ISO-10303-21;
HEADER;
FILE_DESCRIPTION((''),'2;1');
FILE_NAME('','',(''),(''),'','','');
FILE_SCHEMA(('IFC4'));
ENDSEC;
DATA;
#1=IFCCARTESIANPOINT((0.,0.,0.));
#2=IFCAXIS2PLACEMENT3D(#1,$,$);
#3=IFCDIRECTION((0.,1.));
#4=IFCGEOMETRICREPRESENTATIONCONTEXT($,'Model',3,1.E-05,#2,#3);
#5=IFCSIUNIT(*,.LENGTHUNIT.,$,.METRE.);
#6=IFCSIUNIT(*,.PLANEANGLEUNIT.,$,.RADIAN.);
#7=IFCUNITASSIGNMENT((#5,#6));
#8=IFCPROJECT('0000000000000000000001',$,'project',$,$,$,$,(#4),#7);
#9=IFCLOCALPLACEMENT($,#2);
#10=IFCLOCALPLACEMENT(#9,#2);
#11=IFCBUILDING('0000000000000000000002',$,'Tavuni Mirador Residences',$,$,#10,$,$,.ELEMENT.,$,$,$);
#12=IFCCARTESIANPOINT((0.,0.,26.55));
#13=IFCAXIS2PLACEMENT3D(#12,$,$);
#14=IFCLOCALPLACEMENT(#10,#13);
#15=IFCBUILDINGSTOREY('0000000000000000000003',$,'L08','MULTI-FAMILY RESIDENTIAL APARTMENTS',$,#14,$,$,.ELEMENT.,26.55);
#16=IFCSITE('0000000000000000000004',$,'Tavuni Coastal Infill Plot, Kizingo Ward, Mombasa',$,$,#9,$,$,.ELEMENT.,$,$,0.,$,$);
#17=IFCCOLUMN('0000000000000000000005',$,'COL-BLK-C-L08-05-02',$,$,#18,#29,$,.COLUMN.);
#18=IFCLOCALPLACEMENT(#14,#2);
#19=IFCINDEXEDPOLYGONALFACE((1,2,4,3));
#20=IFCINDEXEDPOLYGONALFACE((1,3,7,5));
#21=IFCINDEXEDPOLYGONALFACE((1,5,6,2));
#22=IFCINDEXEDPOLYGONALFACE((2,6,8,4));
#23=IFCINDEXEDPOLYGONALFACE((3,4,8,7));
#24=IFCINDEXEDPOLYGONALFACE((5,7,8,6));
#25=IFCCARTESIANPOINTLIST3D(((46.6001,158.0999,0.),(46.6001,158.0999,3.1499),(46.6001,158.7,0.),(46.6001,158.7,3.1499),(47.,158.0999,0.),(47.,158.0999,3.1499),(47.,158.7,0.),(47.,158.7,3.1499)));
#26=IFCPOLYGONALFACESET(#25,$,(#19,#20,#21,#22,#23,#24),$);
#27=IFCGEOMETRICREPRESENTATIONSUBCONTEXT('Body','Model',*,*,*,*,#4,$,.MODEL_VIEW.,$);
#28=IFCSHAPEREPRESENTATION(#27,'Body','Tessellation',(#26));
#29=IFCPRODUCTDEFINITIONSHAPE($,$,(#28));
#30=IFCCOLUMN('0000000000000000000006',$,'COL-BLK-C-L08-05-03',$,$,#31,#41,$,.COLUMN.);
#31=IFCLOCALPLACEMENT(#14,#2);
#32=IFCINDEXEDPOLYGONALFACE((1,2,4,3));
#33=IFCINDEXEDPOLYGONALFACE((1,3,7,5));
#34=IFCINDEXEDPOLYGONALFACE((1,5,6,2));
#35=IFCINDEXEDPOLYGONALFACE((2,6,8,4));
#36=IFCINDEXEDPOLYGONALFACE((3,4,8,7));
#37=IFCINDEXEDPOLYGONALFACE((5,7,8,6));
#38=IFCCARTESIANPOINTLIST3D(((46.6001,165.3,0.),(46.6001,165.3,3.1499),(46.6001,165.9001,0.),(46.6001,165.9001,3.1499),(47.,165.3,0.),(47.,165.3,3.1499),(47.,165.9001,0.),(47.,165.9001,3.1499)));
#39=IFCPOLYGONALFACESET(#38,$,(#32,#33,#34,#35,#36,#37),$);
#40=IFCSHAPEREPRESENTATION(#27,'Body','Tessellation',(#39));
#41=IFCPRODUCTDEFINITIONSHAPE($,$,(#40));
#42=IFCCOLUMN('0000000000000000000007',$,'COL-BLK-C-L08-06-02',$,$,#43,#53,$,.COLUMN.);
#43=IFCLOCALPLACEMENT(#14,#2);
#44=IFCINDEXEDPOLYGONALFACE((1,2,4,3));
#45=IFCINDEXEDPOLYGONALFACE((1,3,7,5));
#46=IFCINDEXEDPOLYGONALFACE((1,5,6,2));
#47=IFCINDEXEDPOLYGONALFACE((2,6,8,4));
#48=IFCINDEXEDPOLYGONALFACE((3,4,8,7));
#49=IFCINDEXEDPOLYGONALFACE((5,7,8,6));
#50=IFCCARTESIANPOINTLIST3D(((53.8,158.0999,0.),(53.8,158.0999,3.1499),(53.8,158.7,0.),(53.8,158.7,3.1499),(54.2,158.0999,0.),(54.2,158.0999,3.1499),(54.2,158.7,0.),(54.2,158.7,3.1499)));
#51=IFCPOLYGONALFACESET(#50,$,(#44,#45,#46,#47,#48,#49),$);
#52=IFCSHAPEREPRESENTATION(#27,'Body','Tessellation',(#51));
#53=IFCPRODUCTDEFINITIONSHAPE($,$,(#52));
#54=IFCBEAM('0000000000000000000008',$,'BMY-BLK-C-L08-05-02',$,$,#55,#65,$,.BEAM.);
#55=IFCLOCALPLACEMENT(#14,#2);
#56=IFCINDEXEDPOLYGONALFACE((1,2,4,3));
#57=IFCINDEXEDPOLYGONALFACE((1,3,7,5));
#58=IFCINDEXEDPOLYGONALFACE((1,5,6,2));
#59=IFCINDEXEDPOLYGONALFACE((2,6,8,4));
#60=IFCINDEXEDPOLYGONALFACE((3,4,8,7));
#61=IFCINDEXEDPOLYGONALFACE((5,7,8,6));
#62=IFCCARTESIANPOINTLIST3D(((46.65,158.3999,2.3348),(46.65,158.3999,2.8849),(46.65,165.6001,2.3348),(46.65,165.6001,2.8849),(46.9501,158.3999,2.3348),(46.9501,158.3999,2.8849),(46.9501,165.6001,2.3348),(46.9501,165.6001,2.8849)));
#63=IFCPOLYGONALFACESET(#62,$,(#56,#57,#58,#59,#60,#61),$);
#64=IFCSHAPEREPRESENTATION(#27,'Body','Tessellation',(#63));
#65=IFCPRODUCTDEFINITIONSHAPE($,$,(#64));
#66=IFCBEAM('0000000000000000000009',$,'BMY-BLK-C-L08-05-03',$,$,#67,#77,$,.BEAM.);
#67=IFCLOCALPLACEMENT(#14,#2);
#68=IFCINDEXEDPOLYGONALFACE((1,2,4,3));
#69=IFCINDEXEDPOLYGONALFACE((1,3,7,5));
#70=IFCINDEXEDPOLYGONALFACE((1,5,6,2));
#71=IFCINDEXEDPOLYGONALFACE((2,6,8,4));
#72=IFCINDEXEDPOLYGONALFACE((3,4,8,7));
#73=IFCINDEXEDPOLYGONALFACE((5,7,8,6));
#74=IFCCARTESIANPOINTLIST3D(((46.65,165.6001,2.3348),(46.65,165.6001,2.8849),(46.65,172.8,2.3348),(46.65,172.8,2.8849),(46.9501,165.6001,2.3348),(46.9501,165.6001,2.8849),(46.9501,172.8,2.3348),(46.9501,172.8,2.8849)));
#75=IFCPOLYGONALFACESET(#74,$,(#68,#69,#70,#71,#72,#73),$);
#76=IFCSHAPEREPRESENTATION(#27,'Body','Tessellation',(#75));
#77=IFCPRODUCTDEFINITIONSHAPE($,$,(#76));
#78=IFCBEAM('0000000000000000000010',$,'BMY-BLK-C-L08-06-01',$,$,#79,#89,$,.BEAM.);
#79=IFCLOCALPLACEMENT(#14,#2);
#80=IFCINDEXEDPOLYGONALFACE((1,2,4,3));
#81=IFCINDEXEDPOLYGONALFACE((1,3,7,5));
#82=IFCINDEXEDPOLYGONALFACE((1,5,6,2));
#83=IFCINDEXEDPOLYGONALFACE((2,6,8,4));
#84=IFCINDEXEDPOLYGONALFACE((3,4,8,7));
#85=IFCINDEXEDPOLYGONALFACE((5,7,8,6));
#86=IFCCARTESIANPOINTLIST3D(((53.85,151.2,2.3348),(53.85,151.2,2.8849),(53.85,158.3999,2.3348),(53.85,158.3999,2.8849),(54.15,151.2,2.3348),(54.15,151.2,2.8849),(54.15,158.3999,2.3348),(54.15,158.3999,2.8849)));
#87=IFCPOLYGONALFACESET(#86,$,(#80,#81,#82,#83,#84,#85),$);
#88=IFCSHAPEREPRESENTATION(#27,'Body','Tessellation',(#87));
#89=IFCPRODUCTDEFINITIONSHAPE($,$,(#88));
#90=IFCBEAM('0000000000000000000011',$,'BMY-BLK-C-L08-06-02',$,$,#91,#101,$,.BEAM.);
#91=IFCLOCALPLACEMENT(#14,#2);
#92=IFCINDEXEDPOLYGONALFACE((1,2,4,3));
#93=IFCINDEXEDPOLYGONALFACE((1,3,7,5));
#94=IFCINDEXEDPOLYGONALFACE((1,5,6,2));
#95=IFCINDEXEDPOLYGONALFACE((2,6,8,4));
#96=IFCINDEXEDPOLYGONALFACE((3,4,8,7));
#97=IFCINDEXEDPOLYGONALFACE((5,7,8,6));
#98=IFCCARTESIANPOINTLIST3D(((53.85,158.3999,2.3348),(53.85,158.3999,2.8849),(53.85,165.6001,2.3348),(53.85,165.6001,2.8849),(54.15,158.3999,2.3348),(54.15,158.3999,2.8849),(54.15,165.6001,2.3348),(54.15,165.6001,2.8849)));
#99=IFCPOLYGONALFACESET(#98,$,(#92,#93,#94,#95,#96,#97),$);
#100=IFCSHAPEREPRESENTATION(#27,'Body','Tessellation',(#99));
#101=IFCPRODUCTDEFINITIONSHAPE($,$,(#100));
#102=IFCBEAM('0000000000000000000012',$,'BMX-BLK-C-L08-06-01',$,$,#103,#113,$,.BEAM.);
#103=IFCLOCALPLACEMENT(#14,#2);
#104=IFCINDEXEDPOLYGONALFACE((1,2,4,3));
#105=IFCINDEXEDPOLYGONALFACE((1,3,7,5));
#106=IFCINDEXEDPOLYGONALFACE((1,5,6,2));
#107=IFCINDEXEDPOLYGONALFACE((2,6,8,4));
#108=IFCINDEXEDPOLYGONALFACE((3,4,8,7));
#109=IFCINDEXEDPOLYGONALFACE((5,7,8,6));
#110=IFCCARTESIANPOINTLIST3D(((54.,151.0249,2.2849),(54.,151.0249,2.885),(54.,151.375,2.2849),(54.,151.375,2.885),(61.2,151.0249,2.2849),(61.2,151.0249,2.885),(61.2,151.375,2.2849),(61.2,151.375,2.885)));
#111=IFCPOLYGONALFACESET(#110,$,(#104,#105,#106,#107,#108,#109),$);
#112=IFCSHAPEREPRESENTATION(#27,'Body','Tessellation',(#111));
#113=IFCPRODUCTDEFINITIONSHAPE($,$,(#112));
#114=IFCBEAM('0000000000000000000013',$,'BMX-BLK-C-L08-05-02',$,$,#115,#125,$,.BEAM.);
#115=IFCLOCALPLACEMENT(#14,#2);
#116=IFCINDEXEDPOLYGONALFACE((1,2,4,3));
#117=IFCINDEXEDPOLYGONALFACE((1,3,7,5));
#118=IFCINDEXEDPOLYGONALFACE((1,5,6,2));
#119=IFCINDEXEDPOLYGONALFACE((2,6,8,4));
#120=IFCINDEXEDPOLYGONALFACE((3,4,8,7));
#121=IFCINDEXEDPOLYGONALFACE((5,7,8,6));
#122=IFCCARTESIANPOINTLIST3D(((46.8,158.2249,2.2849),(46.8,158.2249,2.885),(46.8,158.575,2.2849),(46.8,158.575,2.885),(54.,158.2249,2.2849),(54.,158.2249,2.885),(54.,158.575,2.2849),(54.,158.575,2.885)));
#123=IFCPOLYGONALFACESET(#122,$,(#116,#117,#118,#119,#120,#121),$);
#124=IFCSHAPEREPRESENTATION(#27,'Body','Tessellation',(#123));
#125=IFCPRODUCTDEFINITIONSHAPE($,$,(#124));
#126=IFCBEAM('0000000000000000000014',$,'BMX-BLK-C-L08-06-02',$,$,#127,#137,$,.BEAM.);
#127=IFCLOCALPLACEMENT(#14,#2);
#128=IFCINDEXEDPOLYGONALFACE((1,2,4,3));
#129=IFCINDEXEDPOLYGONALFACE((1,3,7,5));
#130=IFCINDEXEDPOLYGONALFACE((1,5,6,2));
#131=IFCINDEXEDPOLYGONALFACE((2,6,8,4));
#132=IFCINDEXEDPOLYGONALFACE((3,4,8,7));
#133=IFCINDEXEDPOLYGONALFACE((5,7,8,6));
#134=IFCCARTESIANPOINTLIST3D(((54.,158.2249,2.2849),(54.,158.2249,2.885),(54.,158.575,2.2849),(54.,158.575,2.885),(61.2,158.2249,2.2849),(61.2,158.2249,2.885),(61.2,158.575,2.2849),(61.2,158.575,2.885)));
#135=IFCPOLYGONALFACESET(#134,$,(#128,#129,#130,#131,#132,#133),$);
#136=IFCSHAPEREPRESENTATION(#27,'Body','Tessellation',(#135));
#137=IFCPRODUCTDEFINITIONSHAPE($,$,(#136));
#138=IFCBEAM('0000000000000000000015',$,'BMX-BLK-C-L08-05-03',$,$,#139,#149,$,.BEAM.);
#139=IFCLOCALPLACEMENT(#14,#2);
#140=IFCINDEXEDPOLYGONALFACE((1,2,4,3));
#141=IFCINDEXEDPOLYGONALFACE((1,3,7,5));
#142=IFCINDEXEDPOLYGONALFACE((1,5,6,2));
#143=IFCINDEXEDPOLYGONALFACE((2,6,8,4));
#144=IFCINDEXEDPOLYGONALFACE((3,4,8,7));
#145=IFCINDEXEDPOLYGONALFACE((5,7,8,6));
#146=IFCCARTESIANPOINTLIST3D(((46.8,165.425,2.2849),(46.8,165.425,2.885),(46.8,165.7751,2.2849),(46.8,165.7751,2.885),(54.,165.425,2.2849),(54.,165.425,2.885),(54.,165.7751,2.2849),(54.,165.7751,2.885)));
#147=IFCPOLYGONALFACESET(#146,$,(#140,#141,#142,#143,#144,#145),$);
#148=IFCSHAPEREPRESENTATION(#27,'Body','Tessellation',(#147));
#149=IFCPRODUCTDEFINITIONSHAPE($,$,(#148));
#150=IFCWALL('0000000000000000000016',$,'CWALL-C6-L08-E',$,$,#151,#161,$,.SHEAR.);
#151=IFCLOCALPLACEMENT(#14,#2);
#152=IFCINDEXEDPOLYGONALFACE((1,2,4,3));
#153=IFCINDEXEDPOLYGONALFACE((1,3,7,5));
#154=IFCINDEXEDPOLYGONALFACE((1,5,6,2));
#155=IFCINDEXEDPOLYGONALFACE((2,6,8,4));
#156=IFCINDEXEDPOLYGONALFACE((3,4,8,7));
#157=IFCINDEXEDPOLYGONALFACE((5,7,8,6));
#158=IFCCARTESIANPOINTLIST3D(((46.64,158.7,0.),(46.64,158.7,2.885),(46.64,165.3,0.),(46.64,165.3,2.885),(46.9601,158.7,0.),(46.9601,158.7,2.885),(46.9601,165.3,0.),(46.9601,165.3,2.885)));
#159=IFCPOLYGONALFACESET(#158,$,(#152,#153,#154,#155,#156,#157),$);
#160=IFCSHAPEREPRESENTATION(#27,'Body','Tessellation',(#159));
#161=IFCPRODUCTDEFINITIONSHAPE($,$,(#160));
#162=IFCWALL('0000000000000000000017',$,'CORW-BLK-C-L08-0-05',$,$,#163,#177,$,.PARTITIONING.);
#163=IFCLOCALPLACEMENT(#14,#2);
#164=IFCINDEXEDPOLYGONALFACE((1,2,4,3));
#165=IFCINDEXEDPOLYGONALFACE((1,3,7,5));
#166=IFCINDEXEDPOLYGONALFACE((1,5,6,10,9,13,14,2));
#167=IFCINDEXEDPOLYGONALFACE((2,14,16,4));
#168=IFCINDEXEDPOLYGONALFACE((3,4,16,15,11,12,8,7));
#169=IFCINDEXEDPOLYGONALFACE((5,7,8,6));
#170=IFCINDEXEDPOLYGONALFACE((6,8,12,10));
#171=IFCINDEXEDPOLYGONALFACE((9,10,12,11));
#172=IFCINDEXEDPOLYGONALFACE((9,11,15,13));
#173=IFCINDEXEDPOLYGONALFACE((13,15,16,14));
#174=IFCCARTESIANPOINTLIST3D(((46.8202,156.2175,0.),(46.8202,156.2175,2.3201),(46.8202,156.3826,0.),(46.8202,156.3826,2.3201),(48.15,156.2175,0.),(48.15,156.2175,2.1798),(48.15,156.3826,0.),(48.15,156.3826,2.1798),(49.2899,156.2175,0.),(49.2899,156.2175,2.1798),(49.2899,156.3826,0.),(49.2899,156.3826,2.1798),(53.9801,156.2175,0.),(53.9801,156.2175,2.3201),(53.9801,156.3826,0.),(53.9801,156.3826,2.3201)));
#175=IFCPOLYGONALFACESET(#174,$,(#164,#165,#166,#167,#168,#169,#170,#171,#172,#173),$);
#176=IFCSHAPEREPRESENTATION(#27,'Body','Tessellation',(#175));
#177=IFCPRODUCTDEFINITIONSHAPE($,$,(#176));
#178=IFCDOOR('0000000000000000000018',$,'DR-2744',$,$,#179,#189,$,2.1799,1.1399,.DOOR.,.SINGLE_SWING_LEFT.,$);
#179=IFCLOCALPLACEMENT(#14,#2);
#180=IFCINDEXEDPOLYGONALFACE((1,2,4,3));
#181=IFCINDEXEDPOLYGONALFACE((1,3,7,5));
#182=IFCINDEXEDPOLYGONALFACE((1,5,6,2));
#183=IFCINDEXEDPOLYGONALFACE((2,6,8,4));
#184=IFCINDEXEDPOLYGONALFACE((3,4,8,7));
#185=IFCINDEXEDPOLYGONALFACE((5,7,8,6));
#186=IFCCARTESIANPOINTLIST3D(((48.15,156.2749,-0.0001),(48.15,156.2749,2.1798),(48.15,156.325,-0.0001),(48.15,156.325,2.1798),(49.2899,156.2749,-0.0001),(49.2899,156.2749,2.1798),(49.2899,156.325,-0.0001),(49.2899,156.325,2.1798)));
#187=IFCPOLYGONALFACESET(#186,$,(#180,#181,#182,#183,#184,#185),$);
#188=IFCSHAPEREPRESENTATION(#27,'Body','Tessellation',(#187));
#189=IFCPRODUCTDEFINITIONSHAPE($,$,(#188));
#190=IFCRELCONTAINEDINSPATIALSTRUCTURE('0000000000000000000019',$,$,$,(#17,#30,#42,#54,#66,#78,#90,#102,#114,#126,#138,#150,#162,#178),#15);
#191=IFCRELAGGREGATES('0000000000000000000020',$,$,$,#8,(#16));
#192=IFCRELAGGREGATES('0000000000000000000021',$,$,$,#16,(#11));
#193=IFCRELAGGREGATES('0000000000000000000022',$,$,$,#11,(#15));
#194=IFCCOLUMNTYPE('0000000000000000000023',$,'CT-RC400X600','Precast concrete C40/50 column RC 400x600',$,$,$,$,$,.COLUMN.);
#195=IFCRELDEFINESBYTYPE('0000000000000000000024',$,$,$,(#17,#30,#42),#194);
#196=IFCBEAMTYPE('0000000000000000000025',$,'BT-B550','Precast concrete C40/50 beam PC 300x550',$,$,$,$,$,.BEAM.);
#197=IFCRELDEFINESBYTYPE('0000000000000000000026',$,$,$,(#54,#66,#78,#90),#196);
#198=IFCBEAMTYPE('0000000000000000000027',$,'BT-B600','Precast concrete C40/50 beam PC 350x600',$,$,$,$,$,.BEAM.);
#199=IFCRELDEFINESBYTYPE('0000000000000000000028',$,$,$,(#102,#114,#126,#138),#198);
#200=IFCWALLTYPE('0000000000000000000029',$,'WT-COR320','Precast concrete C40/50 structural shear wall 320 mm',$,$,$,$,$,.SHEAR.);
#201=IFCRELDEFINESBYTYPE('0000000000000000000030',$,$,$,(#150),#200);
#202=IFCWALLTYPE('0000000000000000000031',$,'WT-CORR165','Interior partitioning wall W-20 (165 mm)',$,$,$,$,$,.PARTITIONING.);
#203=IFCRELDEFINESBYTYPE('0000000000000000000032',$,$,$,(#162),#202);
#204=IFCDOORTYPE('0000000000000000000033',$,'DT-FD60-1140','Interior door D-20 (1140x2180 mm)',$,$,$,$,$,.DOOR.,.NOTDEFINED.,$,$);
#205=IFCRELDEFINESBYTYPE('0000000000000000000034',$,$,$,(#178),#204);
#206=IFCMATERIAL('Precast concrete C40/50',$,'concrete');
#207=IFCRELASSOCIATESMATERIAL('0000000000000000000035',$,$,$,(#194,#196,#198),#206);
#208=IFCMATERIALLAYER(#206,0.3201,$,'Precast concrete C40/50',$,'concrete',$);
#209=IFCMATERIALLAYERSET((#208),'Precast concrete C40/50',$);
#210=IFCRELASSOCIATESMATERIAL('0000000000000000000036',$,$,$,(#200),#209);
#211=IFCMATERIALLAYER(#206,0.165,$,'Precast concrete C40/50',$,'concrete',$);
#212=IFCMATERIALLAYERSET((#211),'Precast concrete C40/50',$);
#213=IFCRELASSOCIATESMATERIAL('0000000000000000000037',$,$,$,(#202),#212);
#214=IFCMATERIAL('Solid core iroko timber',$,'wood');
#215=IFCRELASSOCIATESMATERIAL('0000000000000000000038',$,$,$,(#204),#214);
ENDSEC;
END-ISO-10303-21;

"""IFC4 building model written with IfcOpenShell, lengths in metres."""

from ifc_helpers import new_model, si_unit, direction, frame, frame_2d, origin, origin_2d, place, context, subcontext, project, spatial, rectangle, extrude, material, layer, layer_set, material_profile, profile_set, type_object, element, fill, save


model = new_model("IFC4")

# Units and contexts
model_context = context("Model", 3, precision=1e-05, world=origin(), true_north=direction((0.0, 1.0)))
body_context = subcontext(model_context, "Body", "Model", "MODEL_VIEW")
ifc_project = project(units=[si_unit("LENGTHUNIT", "METRE"), si_unit("PLANEANGLEUNIT", "RADIAN")], contexts=[model_context])

# Site, building, storey
site_placement = place(None, origin())
site = spatial("IfcSite", under=ifc_project, at=site_placement, Name="Tavuni Coastal Infill Plot, Kizingo Ward, Mombasa", CompositionType="ELEMENT", RefElevation=0.0)
building_placement = place(site_placement, origin())
building = spatial("IfcBuilding", under=site, at=building_placement, Name="Tavuni Mirador Residences", CompositionType="ELEMENT")
storey_placement = place(building_placement, frame((0.0, 0.0, 26.55)))
storey = spatial("IfcBuildingStorey", under=building, at=storey_placement, Name="L08", Description="MULTI-FAMILY RESIDENTIAL APARTMENTS", CompositionType="ELEMENT", Elevation=26.55)

# Columns
ifc_material_1 = material(Name="Precast concrete C40/50", Category="concrete")
ifc_material_profile_1 = material_profile(ifc_material_1, rectangle(XDim=0.3999, YDim=0.6001, at=origin_2d()), Name="RC 400x600", Category="concrete")
ifc_profile_set_1 = profile_set([ifc_material_profile_1], Name="Precast concrete C40/50")
column_type = type_object("IfcColumnType", Name="CT-RC400X600", Description="Precast concrete C40/50 column RC 400x600", PredefinedType="COLUMN", material=ifc_profile_set_1)
for number, where, z_axis, x_axis, name in (
    (1, (46.8, 158.3999, 0.0), (0.0, 0.0, 1.0), (1.0, 0.0, 0.0), "COL-BLK-C-L08-05-02"),
    (2, (46.8, 165.6001, 0.0), (0.0, 0.0, 1.0), (1.0, 0.0, 0.0), "COL-BLK-C-L08-05-03"),
    (3, (54.0, 158.3999, 0.0), (0.0, 0.0, 1.0), (1.0, 0.0, 0.0), "COL-BLK-C-L08-06-02"),
):
    element("IfcColumn", number, at=place(storey_placement, frame(where, z_axis=z_axis, x_axis=x_axis)), inside=storey, type_object=column_type, Name=name, PredefinedType="COLUMN", context=body_context, shape_type="SweptSolid", body=[
        extrude(rectangle(XDim=0.3999, YDim=0.6001, at=origin_2d()), origin(), (0.0, 0.0, 1.0), 3.1499),
    ])

# Beams
ifc_material_profile_2 = material_profile(ifc_material_1, rectangle(XDim=0.3, YDim=0.55, at=origin_2d()), Name="PC 300x550", Category="concrete")
ifc_profile_set_2 = profile_set([ifc_material_profile_2], Name="Precast concrete C40/50")
beam_type_1 = type_object("IfcBeamType", Name="BT-B550", Description="Precast concrete C40/50 beam PC 300x550", PredefinedType="BEAM", material=ifc_profile_set_2)
beam_1_placement = place(storey_placement, frame((46.8, 158.3999, 2.6099), z_axis=(0.0, 1.0, 0.0), x_axis=(-1.0, 0.0, 0.0)))
element("IfcBeam", 4, at=beam_1_placement, inside=storey, type_object=beam_type_1, Name="BMY-BLK-C-L08-05-02", PredefinedType="BEAM", context=body_context, shape_type="SweptSolid", body=[
    extrude(rectangle(XDim=0.3, YDim=0.55, at=origin_2d()), origin(), (0.0, 0.0, 1.0), 7.2002),
])
for number, where, z_axis, x_axis, name in (
    (5, (46.8, 165.6001, 2.6099), (0.0, 1.0, 0.0), (-1.0, 0.0, 0.0), "BMY-BLK-C-L08-05-03"),
    (6, (54.0, 151.2, 2.6099), (0.0, 1.0, 0.0), (-1.0, 0.0, 0.0), "BMY-BLK-C-L08-06-01"),
):
    element("IfcBeam", number, at=place(storey_placement, frame(where, z_axis=z_axis, x_axis=x_axis)), inside=storey, type_object=beam_type_1, Name=name, PredefinedType="BEAM", context=body_context, shape_type="SweptSolid", body=[
        extrude(rectangle(XDim=0.3, YDim=0.55, at=origin_2d()), origin(), (0.0, 0.0, 1.0), 7.2),
    ])
beam_2_placement = place(storey_placement, frame((54.0, 158.3999, 2.6099), z_axis=(0.0, 1.0, 0.0), x_axis=(-1.0, 0.0, 0.0)))
element("IfcBeam", 7, at=beam_2_placement, inside=storey, type_object=beam_type_1, Name="BMY-BLK-C-L08-06-02", PredefinedType="BEAM", context=body_context, shape_type="SweptSolid", body=[
    extrude(rectangle(XDim=0.3, YDim=0.55, at=origin_2d()), origin(), (0.0, 0.0, 1.0), 7.2002),
])
ifc_material_profile_3 = material_profile(ifc_material_1, rectangle(XDim=0.3501, YDim=0.6001, at=origin_2d()), Name="PC 350x600", Category="concrete")
ifc_profile_set_3 = profile_set([ifc_material_profile_3], Name="Precast concrete C40/50")
beam_type_2 = type_object("IfcBeamType", Name="BT-B600", Description="Precast concrete C40/50 beam PC 350x600", PredefinedType="BEAM", material=ifc_profile_set_3)
for number, where, z_axis, x_axis, name in (
    (8, (54.0, 151.2, 2.585), (1.0, 0.0, 0.0), (0.0, 1.0, 0.0), "BMX-BLK-C-L08-06-01"),
    (9, (46.8, 158.3999, 2.585), (1.0, 0.0, 0.0), (0.0, 1.0, 0.0), "BMX-BLK-C-L08-05-02"),
    (10, (54.0, 158.3999, 2.585), (1.0, 0.0, 0.0), (0.0, 1.0, 0.0), "BMX-BLK-C-L08-06-02"),
    (11, (46.8, 165.6001, 2.585), (1.0, 0.0, 0.0), (0.0, 1.0, 0.0), "BMX-BLK-C-L08-05-03"),
):
    element("IfcBeam", number, at=place(storey_placement, frame(where, z_axis=z_axis, x_axis=x_axis)), inside=storey, type_object=beam_type_2, Name=name, PredefinedType="BEAM", context=body_context, shape_type="SweptSolid", body=[
        extrude(rectangle(XDim=0.3501, YDim=0.6001, at=origin_2d()), origin(), (0.0, 0.0, 1.0), 7.2),
    ])

# Wall
ifc_layer_1 = layer(ifc_material_1, 0.3201, Name="Precast concrete C40/50", Category="concrete")
ifc_layer_set_1 = layer_set([ifc_layer_1], Name="Precast concrete C40/50")
wall_type_1 = type_object("IfcWallType", Name="WT-COR320", Description="Precast concrete C40/50 structural shear wall 320 mm", PredefinedType="SHEAR", material=ifc_layer_set_1)
wall_1_placement = place(storey_placement, frame((46.8, 158.7, 0.0), z_axis=(0.0, 0.0, 1.0), x_axis=(0.0, 1.0, 0.0)))
element("IfcWall", 12, at=wall_1_placement, inside=storey, type_object=wall_type_1, Name="CWALL-C6-L08-E", PredefinedType="SHEAR", context=body_context, shape_type="SweptSolid", body=[
    extrude(rectangle(XDim=6.6001, YDim=0.3201, at=frame_2d((3.3, 0.0))), origin(), (0.0, 0.0, 1.0), 2.885),
])

# Wall, opening, door
ifc_layer_2 = layer(ifc_material_1, 0.165, Name="Precast concrete C40/50", Category="concrete")
ifc_layer_set_2 = layer_set([ifc_layer_2], Name="Precast concrete C40/50")
wall_type_2 = type_object("IfcWallType", Name="WT-CORR165", Description="Interior partitioning wall W-20 (165 mm)", PredefinedType="PARTITIONING", material=ifc_layer_set_2)
wall_2_placement = place(storey_placement, frame((46.8201, 156.3, 0.0), z_axis=(0.0, 0.0, 1.0), x_axis=(1.0, 0.0, 0.0)))
wall_2 = element("IfcWall", 13, at=wall_2_placement, inside=storey, type_object=wall_type_2, Name="CORW-BLK-C-L08-0-05", PredefinedType="PARTITIONING", context=body_context, shape_type="SweptSolid", body=[
    extrude(rectangle(XDim=7.1599, YDim=0.165, at=frame_2d((3.5801, 0.0))), origin(), (0.0, 0.0, 1.0), 2.3201),
])
opening_1_placement = place(wall_2_placement, frame((1.3301, 0.0, 0.0)))
opening_1 = element("IfcOpeningElement", 14, at=opening_1_placement, cuts=wall_2, PredefinedType="OPENING", context=body_context, shape_type="SweptSolid", body=[
    extrude(rectangle(XDim=1.1399, YDim=2.1799, at=frame_2d((0.5698, 1.0898))), frame((0.0, 0.0925, 0.0), z_axis=(0.0, -1.0, 0.0), x_axis=(1.0, 0.0, 0.0)), (0.0, 0.0, 1.0), 0.1851),
])
ifc_material_2 = material(Name="Solid core iroko timber", Category="wood")
door_type_1 = type_object("IfcDoorType", Name="DT-FD60-1140", Description="Interior door D-20 (1140x2180 mm)", OperationType="NOTDEFINED", PredefinedType="DOOR", material=ifc_material_2)
door_1_placement = place(opening_1_placement, origin())
door_1 = element("IfcDoor", 15, at=door_1_placement, inside=storey, type_object=door_type_1, Name="DR-2744", OperationType="SINGLE_SWING_LEFT", OverallHeight=2.1799, OverallWidth=1.1399, PredefinedType="DOOR", context=body_context, shape_type="SweptSolid", body=[
    extrude(rectangle(XDim=1.1399, YDim=2.1799, at=frame_2d((0.5698, 1.0898))), frame((0.0, 0.0249, 0.0), z_axis=(0.0, -1.0, 0.0), x_axis=(1.0, 0.0, 0.0)), (0.0, 0.0, 1.0), 0.05),
])
fill(opening_1, door_1)

save(model, "model.ifc")
